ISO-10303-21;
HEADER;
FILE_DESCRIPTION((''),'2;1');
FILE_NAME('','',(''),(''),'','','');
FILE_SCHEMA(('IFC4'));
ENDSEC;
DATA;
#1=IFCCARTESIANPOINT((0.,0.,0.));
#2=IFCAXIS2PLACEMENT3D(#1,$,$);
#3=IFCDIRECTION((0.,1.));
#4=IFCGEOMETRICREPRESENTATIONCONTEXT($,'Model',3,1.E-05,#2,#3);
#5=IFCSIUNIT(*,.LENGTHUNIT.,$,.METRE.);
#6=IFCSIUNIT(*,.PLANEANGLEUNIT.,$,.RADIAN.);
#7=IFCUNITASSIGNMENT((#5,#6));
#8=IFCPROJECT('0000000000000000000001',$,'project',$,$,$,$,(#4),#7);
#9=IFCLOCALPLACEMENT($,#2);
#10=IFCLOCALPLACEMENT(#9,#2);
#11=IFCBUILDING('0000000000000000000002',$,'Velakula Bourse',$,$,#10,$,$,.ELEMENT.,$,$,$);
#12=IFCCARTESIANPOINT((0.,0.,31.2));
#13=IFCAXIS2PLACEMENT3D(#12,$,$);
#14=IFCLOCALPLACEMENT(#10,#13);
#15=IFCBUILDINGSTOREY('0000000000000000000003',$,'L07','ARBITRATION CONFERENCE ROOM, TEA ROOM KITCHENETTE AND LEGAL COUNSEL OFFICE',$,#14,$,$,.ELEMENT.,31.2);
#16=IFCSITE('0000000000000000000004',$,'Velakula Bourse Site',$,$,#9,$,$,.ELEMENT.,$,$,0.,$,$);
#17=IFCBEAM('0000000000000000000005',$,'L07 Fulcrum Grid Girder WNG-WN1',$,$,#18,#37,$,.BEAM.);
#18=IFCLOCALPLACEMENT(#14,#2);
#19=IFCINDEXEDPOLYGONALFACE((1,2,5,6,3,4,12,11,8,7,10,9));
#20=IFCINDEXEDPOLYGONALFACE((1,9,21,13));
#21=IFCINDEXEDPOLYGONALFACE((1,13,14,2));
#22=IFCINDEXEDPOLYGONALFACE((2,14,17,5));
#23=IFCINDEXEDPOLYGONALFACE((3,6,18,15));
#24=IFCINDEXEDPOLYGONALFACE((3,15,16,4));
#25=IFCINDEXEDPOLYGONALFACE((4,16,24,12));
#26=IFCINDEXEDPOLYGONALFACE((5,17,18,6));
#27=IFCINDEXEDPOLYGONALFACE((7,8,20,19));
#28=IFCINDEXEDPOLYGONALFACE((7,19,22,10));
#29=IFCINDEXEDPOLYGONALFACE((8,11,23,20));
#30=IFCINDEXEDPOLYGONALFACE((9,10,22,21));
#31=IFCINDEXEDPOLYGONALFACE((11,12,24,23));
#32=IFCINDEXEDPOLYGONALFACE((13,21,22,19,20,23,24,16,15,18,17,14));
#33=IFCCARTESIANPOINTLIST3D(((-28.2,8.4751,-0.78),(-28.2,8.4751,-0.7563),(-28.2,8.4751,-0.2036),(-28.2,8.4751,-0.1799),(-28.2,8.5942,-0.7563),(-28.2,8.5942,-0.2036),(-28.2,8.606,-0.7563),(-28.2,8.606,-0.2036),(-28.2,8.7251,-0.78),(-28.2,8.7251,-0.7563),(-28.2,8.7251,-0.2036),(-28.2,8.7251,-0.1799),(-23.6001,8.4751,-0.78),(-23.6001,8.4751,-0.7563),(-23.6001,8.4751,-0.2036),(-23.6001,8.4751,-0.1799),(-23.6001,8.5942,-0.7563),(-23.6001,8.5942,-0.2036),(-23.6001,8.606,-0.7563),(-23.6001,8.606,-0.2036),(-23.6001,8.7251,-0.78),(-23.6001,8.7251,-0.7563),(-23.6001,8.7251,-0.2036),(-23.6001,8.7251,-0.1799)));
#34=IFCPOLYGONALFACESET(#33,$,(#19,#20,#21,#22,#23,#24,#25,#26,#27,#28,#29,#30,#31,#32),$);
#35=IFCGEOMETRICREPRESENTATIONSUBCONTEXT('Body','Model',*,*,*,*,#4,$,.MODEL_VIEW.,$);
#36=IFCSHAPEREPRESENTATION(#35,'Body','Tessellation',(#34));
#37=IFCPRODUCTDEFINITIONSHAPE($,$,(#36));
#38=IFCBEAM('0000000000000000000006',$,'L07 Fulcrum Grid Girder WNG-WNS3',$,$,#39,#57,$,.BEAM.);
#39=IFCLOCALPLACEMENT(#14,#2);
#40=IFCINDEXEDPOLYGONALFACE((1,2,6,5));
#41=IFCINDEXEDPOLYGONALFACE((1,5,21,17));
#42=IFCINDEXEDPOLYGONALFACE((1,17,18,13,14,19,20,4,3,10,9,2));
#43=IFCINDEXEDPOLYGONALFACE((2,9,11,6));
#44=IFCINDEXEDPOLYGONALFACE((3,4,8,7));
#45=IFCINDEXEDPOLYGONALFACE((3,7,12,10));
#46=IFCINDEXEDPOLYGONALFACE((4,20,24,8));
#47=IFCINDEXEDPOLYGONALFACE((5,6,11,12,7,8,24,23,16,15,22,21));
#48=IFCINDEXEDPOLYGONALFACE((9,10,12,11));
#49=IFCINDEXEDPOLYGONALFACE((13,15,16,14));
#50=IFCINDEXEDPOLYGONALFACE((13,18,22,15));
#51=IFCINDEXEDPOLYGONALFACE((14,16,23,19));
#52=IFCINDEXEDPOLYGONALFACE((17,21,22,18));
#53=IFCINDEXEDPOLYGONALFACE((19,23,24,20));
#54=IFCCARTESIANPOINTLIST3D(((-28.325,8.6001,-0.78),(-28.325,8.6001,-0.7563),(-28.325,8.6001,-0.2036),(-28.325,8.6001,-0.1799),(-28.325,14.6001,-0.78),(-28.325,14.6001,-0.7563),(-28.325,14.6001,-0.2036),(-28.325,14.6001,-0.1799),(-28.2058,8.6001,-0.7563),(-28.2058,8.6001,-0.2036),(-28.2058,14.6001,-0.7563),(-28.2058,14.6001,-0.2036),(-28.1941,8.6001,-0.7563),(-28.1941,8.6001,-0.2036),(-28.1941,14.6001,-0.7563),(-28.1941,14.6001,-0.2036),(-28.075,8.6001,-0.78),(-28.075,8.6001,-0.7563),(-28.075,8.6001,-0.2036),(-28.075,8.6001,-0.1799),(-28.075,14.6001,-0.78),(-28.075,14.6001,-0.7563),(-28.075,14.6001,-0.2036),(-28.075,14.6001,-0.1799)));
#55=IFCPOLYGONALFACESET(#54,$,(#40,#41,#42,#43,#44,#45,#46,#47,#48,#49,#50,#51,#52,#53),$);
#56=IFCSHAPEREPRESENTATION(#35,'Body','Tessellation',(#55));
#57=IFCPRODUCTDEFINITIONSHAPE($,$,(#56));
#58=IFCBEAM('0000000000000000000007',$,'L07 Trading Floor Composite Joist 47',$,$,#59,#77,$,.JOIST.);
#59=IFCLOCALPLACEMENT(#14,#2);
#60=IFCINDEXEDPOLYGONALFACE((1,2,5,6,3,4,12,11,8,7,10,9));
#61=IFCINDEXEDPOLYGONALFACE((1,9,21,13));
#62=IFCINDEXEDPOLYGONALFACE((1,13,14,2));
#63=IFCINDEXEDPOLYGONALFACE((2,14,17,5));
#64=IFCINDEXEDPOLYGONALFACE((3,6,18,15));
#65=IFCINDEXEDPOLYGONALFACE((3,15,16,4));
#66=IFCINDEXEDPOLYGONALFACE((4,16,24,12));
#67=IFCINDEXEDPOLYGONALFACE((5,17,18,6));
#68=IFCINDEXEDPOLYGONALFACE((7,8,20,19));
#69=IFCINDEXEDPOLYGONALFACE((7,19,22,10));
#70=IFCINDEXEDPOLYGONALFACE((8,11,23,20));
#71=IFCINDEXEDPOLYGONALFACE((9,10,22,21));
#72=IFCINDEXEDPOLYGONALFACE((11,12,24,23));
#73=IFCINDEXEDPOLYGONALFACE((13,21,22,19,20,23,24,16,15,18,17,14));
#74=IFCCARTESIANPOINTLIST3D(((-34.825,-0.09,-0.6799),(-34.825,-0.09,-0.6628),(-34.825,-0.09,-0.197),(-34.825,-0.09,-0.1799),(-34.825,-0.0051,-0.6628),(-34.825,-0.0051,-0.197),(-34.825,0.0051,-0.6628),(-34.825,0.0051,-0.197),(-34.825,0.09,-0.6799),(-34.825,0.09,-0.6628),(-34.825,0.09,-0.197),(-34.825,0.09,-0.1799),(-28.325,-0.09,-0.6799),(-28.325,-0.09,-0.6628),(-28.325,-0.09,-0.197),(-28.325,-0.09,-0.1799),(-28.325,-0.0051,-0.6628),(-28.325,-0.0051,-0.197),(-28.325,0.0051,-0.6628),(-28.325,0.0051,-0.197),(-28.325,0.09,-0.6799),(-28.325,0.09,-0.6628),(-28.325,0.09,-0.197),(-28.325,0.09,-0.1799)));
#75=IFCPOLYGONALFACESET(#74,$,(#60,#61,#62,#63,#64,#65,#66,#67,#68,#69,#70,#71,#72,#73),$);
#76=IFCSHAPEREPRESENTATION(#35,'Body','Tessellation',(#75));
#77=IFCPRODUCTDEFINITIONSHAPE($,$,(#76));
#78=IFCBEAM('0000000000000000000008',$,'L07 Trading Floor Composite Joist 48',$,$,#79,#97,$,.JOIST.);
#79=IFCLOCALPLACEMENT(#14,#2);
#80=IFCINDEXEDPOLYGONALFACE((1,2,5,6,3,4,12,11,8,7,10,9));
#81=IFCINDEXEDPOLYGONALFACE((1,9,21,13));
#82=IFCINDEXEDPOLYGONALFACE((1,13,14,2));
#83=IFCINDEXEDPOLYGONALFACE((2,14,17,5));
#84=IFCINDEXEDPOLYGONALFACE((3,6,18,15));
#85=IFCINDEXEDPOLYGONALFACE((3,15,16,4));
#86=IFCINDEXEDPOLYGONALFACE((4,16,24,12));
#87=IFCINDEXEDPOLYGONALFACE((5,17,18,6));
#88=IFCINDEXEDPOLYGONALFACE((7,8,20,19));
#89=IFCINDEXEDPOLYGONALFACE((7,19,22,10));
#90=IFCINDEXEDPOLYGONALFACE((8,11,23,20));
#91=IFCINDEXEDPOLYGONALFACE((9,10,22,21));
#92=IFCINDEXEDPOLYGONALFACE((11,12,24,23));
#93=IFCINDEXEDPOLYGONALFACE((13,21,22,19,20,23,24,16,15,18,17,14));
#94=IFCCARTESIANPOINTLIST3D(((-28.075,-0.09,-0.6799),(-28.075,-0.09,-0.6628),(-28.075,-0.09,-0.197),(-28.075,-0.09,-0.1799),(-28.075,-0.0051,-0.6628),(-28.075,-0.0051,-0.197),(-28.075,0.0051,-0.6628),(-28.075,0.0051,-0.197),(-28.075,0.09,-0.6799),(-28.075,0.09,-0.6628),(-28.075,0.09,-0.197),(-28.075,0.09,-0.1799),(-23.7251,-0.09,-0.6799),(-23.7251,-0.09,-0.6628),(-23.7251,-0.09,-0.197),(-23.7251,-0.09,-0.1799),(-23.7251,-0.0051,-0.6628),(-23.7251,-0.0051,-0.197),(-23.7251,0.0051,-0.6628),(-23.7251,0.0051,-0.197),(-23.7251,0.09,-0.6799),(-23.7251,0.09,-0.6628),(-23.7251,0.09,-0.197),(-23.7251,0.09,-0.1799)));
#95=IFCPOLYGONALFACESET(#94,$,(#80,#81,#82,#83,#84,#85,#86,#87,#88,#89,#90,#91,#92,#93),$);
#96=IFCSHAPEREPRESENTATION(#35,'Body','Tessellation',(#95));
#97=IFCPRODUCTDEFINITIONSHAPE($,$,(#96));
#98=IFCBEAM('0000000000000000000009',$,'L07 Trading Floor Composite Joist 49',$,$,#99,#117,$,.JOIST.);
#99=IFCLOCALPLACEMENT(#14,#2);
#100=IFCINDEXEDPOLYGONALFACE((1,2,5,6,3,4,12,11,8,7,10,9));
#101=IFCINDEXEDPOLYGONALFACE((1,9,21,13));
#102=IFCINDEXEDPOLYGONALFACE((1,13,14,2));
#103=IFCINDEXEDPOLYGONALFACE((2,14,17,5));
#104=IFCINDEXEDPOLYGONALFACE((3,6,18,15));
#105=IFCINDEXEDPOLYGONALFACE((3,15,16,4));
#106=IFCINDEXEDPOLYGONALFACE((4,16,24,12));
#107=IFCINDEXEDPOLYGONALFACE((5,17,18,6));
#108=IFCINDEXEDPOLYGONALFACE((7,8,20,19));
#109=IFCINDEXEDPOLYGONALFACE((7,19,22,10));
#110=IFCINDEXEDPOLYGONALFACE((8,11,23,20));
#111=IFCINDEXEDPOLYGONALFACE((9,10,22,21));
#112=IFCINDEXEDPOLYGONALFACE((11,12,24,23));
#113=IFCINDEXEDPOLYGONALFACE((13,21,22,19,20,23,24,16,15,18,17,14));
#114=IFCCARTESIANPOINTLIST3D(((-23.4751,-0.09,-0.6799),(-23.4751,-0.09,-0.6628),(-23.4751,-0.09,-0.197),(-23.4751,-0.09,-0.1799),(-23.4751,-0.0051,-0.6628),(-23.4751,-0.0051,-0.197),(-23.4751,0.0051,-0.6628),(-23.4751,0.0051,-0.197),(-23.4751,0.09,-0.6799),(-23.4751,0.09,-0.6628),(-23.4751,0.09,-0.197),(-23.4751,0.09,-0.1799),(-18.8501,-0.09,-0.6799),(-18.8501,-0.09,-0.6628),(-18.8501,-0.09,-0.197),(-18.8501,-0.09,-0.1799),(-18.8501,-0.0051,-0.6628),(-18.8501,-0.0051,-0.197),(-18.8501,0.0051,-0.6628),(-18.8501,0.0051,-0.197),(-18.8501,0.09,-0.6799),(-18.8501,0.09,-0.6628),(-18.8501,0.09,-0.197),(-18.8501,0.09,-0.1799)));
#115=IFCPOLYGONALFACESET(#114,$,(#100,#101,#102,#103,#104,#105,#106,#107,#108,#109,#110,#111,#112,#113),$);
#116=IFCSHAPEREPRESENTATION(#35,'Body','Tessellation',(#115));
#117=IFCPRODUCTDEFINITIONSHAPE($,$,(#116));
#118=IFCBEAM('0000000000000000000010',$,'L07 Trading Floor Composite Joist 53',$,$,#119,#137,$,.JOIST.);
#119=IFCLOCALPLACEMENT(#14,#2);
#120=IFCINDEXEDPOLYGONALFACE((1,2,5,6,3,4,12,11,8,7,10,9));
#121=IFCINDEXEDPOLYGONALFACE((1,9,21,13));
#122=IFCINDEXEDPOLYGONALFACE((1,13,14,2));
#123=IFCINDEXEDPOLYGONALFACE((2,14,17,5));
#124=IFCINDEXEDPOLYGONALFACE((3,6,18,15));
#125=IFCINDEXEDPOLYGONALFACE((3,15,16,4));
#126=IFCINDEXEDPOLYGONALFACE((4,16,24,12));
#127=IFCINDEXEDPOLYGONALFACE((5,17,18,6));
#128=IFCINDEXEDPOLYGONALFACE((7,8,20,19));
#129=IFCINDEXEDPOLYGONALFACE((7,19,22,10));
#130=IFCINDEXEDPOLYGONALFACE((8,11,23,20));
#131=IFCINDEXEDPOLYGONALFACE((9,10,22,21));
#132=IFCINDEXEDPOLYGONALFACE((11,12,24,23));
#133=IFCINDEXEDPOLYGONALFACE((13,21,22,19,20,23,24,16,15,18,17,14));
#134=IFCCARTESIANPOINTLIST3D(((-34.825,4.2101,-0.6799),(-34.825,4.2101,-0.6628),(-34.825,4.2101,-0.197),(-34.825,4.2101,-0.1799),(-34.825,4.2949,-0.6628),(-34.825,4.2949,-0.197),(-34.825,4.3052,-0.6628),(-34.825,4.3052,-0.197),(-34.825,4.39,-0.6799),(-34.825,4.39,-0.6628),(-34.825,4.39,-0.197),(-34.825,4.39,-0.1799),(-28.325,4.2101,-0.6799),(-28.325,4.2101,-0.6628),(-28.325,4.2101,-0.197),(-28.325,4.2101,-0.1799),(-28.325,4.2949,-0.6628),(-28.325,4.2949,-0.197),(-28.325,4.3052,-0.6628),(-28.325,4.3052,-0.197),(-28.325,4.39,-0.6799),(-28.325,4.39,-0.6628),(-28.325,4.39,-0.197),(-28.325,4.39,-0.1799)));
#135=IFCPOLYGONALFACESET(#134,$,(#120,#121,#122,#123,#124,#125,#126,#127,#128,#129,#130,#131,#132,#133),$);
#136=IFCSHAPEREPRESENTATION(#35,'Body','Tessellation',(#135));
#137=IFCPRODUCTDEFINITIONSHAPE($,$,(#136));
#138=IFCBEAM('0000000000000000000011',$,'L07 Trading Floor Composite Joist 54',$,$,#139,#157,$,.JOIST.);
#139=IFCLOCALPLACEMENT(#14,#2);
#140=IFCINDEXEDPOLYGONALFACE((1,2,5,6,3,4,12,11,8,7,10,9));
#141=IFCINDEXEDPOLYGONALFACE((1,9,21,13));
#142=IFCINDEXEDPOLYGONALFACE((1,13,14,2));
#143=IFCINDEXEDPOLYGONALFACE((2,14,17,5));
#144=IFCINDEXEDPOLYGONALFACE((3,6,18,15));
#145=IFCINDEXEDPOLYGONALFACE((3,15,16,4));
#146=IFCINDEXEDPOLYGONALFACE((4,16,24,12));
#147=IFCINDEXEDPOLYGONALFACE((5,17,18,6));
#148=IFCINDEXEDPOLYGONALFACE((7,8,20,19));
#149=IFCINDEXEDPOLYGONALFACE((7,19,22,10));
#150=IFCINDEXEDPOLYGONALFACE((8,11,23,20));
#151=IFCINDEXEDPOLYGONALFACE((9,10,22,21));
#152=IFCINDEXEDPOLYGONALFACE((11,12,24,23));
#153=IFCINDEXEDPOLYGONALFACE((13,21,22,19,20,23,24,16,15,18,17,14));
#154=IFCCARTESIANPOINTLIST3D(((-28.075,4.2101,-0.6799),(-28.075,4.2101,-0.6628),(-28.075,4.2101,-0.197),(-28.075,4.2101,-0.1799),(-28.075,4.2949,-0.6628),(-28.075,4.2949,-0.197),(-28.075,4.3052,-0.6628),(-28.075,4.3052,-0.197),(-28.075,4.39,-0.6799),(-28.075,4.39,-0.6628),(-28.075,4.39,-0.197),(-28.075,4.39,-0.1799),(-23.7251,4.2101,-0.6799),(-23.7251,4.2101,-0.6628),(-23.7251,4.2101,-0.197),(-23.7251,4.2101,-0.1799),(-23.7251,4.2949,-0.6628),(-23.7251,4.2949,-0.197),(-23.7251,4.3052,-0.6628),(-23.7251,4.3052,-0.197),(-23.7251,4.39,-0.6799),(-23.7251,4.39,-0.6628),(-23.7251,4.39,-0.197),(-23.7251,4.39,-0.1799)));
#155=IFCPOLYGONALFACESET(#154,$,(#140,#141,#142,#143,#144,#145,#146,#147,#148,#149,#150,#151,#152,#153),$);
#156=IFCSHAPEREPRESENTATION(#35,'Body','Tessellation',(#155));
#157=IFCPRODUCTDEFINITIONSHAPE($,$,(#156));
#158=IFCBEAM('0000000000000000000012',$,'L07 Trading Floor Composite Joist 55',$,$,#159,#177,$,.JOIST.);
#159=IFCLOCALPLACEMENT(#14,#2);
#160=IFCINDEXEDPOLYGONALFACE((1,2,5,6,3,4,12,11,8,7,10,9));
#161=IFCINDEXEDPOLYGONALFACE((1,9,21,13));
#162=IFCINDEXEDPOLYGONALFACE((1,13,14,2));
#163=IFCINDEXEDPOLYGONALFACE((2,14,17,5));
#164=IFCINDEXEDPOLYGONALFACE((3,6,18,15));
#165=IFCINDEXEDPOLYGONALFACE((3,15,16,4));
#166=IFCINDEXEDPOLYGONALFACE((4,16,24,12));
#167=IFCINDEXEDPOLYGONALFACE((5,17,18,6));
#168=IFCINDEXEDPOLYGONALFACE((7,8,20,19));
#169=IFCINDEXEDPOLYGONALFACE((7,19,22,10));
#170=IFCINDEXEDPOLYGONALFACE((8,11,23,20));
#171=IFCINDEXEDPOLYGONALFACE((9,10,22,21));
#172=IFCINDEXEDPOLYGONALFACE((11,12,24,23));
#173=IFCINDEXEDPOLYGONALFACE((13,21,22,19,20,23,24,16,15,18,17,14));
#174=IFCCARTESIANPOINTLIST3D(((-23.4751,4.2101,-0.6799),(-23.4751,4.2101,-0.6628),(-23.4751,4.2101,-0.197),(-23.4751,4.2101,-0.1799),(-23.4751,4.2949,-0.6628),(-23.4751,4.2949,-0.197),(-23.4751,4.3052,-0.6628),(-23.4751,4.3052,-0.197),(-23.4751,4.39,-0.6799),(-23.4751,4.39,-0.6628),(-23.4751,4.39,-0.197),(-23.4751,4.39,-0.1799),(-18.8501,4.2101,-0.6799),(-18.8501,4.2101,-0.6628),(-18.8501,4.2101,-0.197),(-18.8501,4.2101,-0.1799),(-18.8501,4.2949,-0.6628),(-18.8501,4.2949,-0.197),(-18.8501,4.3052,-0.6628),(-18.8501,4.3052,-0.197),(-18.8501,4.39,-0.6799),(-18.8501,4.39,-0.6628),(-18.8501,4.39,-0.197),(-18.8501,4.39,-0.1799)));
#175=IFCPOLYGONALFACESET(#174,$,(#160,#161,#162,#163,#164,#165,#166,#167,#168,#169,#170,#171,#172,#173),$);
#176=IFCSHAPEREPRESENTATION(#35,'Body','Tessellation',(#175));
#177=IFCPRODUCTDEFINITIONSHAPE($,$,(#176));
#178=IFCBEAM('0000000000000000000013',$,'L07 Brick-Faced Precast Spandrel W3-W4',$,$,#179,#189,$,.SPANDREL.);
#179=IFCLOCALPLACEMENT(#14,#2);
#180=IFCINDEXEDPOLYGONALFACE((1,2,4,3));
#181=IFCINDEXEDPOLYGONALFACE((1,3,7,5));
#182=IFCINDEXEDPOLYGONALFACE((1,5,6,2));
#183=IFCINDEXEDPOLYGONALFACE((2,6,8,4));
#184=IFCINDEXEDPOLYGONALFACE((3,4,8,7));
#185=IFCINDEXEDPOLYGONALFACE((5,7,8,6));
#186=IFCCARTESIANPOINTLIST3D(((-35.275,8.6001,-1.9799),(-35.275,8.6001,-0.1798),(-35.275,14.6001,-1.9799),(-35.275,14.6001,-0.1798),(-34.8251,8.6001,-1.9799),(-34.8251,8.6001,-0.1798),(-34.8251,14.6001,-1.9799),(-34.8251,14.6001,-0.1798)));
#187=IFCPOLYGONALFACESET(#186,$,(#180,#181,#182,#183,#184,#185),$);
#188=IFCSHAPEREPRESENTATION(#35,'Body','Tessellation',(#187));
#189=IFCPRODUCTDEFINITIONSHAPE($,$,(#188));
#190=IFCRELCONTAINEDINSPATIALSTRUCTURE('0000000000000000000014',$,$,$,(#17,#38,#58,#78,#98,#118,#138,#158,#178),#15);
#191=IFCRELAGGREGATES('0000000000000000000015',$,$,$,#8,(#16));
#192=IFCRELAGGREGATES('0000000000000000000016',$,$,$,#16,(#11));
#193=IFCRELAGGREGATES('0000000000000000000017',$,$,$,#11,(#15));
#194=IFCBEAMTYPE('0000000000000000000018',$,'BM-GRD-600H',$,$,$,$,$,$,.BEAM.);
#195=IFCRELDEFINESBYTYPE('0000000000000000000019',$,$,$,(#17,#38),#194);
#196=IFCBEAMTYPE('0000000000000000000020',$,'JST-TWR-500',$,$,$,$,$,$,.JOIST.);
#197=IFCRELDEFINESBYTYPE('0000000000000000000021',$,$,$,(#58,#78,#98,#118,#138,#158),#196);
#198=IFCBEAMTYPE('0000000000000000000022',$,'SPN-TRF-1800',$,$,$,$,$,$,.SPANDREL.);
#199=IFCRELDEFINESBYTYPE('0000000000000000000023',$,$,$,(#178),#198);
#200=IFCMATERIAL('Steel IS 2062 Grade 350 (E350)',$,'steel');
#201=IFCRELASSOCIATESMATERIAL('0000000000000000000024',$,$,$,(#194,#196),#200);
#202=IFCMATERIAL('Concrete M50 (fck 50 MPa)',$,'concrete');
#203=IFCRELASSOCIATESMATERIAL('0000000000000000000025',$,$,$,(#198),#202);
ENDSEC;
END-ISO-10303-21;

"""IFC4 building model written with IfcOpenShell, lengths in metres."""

from ifc_helpers import new_model, si_unit, direction, frame, origin, origin_2d, place, context, subcontext, project, spatial, rectangle, i_section, extrude, material, material_profile, profile_set, type_object, element, save


model = new_model("IFC4")

# Units and contexts
model_context = context("Model", 3, precision=1e-05, world=origin(), true_north=direction((0.0, 1.0)))
body_context = subcontext(model_context, "Body", "Model", "MODEL_VIEW")
ifc_project = project(units=[si_unit("LENGTHUNIT", "METRE"), si_unit("PLANEANGLEUNIT", "RADIAN")], contexts=[model_context])

# Site, building, storey
site_placement = place(None, origin())
site = spatial("IfcSite", under=ifc_project, at=site_placement, Name="Velakula Bourse Site", CompositionType="ELEMENT", RefElevation=0.0)
building_placement = place(site_placement, origin())
building = spatial("IfcBuilding", under=site, at=building_placement, Name="Velakula Bourse", CompositionType="ELEMENT")
storey_placement = place(building_placement, frame((0.0, 0.0, 31.2)))
storey = spatial("IfcBuildingStorey", under=building, at=storey_placement, Name="L07", Description="ARBITRATION CONFERENCE ROOM, TEA ROOM KITCHENETTE AND LEGAL COUNSEL OFFICE", CompositionType="ELEMENT", Elevation=31.2)

# Beams
ifc_material_1 = material(Name="Steel IS 2062 Grade 350 (E350)", Category="steel")
ifc_material_profile_1 = material_profile(ifc_material_1, i_section(OverallWidth=0.25, OverallDepth=0.6001, WebThickness=0.0117, FlangeThickness=0.0237, at=origin_2d()), Name="Steel IS 2062 Grade 350 (E350)")
ifc_profile_set_1 = profile_set([ifc_material_profile_1], Name="Steel IS 2062 Grade 350 (E350)")
beam_type_1 = type_object("IfcBeamType", Name="BM-GRD-600H", PredefinedType="BEAM", material=ifc_profile_set_1)
beam_1_placement = place(storey_placement, frame((-28.2, 8.6001, -0.48), z_axis=(1.0, 0.0, 0.0), x_axis=(0.0, 1.0, 0.0)))
element("IfcBeam", 1, at=beam_1_placement, inside=storey, type_object=beam_type_1, Name="L07 Fulcrum Grid Girder WNG-WN1", PredefinedType="BEAM", context=body_context, shape_type="SweptSolid", body=[
    extrude(i_section(OverallWidth=0.25, OverallDepth=0.6001, WebThickness=0.0117, FlangeThickness=0.0237, at=origin_2d()), origin(), (0.0, 0.0, 1.0), 4.5999),
])
beam_2_placement = place(storey_placement, frame((-28.2, 8.6001, -0.48), z_axis=(0.0, 1.0, 0.0), x_axis=(-1.0, 0.0, 0.0)))
element("IfcBeam", 2, at=beam_2_placement, inside=storey, type_object=beam_type_1, Name="L07 Fulcrum Grid Girder WNG-WNS3", PredefinedType="BEAM", context=body_context, shape_type="SweptSolid", body=[
    extrude(i_section(OverallWidth=0.25, OverallDepth=0.6001, WebThickness=0.0117, FlangeThickness=0.0237, at=origin_2d()), origin(), (0.0, 0.0, 1.0), 6.0),
])
ifc_material_profile_2 = material_profile(ifc_material_1, i_section(OverallWidth=0.1799, OverallDepth=0.5, WebThickness=0.0103, FlangeThickness=0.0171, at=origin_2d()), Name="Steel IS 2062 Grade 350 (E350)")
ifc_profile_set_2 = profile_set([ifc_material_profile_2], Name="Steel IS 2062 Grade 350 (E350)")
beam_type_2 = type_object("IfcBeamType", Name="JST-TWR-500", PredefinedType="JOIST", material=ifc_profile_set_2)
beam_3_placement = place(storey_placement, frame((-34.825, 0.0, -0.4299), z_axis=(1.0, 0.0, 0.0), x_axis=(0.0, 1.0, 0.0)))
element("IfcBeam", 3, at=beam_3_placement, inside=storey, type_object=beam_type_2, Name="L07 Trading Floor Composite Joist 47", PredefinedType="JOIST", context=body_context, shape_type="SweptSolid", body=[
    extrude(i_section(OverallWidth=0.1799, OverallDepth=0.5, WebThickness=0.0103, FlangeThickness=0.0171, at=origin_2d()), origin(), (0.0, 0.0, 1.0), 6.5),
])
beam_4_placement = place(storey_placement, frame((-28.075, 0.0, -0.4299), z_axis=(1.0, 0.0, 0.0), x_axis=(0.0, 1.0, 0.0)))
element("IfcBeam", 4, at=beam_4_placement, inside=storey, type_object=beam_type_2, Name="L07 Trading Floor Composite Joist 48", PredefinedType="JOIST", context=body_context, shape_type="SweptSolid", body=[
    extrude(i_section(OverallWidth=0.1799, OverallDepth=0.5, WebThickness=0.0103, FlangeThickness=0.0171, at=origin_2d()), origin(), (0.0, 0.0, 1.0), 4.3499),
])
beam_5_placement = place(storey_placement, frame((-23.4751, 0.0, -0.4299), z_axis=(1.0, 0.0, 0.0), x_axis=(0.0, 1.0, 0.0)))
element("IfcBeam", 5, at=beam_5_placement, inside=storey, type_object=beam_type_2, Name="L07 Trading Floor Composite Joist 49", PredefinedType="JOIST", context=body_context, shape_type="SweptSolid", body=[
    extrude(i_section(OverallWidth=0.1799, OverallDepth=0.5, WebThickness=0.0103, FlangeThickness=0.0171, at=origin_2d()), origin(), (0.0, 0.0, 1.0), 4.625),
])
beam_6_placement = place(storey_placement, frame((-34.825, 4.3, -0.4299), z_axis=(1.0, 0.0, 0.0), x_axis=(0.0, 1.0, 0.0)))
element("IfcBeam", 6, at=beam_6_placement, inside=storey, type_object=beam_type_2, Name="L07 Trading Floor Composite Joist 53", PredefinedType="JOIST", context=body_context, shape_type="SweptSolid", body=[
    extrude(i_section(OverallWidth=0.1799, OverallDepth=0.5, WebThickness=0.0103, FlangeThickness=0.0171, at=origin_2d()), origin(), (0.0, 0.0, 1.0), 6.5),
])
beam_7_placement = place(storey_placement, frame((-28.075, 4.3, -0.4299), z_axis=(1.0, 0.0, 0.0), x_axis=(0.0, 1.0, 0.0)))
element("IfcBeam", 7, at=beam_7_placement, inside=storey, type_object=beam_type_2, Name="L07 Trading Floor Composite Joist 54", PredefinedType="JOIST", context=body_context, shape_type="SweptSolid", body=[
    extrude(i_section(OverallWidth=0.1799, OverallDepth=0.5, WebThickness=0.0103, FlangeThickness=0.0171, at=origin_2d()), origin(), (0.0, 0.0, 1.0), 4.3499),
])
beam_8_placement = place(storey_placement, frame((-23.4751, 4.3, -0.4299), z_axis=(1.0, 0.0, 0.0), x_axis=(0.0, 1.0, 0.0)))
element("IfcBeam", 8, at=beam_8_placement, inside=storey, type_object=beam_type_2, Name="L07 Trading Floor Composite Joist 55", PredefinedType="JOIST", context=body_context, shape_type="SweptSolid", body=[
    extrude(i_section(OverallWidth=0.1799, OverallDepth=0.5, WebThickness=0.0103, FlangeThickness=0.0171, at=origin_2d()), origin(), (0.0, 0.0, 1.0), 4.625),
])
ifc_material_2 = material(Name="Concrete M50 (fck 50 MPa)", Category="concrete")
ifc_material_profile_3 = material_profile(ifc_material_2, rectangle(XDim=0.45, YDim=1.8, at=origin_2d()), Name="Concrete M50 (fck 50 MPa)")
ifc_profile_set_3 = profile_set([ifc_material_profile_3], Name="Concrete M50 (fck 50 MPa)")
beam_type_3 = type_object("IfcBeamType", Name="SPN-TRF-1800", PredefinedType="SPANDREL", material=ifc_profile_set_3)
beam_9_placement = place(storey_placement, frame((-35.05, 8.6001, -1.0798), z_axis=(0.0, 1.0, 0.0), x_axis=(-1.0, 0.0, 0.0)))
element("IfcBeam", 9, at=beam_9_placement, inside=storey, type_object=beam_type_3, Name="L07 Brick-Faced Precast Spandrel W3-W4", PredefinedType="SPANDREL", context=body_context, shape_type="SweptSolid", body=[
    extrude(rectangle(XDim=0.45, YDim=1.8, at=origin_2d()), origin(), (0.0, 0.0, 1.0), 6.0),
])

save(model, "model.ifc")
